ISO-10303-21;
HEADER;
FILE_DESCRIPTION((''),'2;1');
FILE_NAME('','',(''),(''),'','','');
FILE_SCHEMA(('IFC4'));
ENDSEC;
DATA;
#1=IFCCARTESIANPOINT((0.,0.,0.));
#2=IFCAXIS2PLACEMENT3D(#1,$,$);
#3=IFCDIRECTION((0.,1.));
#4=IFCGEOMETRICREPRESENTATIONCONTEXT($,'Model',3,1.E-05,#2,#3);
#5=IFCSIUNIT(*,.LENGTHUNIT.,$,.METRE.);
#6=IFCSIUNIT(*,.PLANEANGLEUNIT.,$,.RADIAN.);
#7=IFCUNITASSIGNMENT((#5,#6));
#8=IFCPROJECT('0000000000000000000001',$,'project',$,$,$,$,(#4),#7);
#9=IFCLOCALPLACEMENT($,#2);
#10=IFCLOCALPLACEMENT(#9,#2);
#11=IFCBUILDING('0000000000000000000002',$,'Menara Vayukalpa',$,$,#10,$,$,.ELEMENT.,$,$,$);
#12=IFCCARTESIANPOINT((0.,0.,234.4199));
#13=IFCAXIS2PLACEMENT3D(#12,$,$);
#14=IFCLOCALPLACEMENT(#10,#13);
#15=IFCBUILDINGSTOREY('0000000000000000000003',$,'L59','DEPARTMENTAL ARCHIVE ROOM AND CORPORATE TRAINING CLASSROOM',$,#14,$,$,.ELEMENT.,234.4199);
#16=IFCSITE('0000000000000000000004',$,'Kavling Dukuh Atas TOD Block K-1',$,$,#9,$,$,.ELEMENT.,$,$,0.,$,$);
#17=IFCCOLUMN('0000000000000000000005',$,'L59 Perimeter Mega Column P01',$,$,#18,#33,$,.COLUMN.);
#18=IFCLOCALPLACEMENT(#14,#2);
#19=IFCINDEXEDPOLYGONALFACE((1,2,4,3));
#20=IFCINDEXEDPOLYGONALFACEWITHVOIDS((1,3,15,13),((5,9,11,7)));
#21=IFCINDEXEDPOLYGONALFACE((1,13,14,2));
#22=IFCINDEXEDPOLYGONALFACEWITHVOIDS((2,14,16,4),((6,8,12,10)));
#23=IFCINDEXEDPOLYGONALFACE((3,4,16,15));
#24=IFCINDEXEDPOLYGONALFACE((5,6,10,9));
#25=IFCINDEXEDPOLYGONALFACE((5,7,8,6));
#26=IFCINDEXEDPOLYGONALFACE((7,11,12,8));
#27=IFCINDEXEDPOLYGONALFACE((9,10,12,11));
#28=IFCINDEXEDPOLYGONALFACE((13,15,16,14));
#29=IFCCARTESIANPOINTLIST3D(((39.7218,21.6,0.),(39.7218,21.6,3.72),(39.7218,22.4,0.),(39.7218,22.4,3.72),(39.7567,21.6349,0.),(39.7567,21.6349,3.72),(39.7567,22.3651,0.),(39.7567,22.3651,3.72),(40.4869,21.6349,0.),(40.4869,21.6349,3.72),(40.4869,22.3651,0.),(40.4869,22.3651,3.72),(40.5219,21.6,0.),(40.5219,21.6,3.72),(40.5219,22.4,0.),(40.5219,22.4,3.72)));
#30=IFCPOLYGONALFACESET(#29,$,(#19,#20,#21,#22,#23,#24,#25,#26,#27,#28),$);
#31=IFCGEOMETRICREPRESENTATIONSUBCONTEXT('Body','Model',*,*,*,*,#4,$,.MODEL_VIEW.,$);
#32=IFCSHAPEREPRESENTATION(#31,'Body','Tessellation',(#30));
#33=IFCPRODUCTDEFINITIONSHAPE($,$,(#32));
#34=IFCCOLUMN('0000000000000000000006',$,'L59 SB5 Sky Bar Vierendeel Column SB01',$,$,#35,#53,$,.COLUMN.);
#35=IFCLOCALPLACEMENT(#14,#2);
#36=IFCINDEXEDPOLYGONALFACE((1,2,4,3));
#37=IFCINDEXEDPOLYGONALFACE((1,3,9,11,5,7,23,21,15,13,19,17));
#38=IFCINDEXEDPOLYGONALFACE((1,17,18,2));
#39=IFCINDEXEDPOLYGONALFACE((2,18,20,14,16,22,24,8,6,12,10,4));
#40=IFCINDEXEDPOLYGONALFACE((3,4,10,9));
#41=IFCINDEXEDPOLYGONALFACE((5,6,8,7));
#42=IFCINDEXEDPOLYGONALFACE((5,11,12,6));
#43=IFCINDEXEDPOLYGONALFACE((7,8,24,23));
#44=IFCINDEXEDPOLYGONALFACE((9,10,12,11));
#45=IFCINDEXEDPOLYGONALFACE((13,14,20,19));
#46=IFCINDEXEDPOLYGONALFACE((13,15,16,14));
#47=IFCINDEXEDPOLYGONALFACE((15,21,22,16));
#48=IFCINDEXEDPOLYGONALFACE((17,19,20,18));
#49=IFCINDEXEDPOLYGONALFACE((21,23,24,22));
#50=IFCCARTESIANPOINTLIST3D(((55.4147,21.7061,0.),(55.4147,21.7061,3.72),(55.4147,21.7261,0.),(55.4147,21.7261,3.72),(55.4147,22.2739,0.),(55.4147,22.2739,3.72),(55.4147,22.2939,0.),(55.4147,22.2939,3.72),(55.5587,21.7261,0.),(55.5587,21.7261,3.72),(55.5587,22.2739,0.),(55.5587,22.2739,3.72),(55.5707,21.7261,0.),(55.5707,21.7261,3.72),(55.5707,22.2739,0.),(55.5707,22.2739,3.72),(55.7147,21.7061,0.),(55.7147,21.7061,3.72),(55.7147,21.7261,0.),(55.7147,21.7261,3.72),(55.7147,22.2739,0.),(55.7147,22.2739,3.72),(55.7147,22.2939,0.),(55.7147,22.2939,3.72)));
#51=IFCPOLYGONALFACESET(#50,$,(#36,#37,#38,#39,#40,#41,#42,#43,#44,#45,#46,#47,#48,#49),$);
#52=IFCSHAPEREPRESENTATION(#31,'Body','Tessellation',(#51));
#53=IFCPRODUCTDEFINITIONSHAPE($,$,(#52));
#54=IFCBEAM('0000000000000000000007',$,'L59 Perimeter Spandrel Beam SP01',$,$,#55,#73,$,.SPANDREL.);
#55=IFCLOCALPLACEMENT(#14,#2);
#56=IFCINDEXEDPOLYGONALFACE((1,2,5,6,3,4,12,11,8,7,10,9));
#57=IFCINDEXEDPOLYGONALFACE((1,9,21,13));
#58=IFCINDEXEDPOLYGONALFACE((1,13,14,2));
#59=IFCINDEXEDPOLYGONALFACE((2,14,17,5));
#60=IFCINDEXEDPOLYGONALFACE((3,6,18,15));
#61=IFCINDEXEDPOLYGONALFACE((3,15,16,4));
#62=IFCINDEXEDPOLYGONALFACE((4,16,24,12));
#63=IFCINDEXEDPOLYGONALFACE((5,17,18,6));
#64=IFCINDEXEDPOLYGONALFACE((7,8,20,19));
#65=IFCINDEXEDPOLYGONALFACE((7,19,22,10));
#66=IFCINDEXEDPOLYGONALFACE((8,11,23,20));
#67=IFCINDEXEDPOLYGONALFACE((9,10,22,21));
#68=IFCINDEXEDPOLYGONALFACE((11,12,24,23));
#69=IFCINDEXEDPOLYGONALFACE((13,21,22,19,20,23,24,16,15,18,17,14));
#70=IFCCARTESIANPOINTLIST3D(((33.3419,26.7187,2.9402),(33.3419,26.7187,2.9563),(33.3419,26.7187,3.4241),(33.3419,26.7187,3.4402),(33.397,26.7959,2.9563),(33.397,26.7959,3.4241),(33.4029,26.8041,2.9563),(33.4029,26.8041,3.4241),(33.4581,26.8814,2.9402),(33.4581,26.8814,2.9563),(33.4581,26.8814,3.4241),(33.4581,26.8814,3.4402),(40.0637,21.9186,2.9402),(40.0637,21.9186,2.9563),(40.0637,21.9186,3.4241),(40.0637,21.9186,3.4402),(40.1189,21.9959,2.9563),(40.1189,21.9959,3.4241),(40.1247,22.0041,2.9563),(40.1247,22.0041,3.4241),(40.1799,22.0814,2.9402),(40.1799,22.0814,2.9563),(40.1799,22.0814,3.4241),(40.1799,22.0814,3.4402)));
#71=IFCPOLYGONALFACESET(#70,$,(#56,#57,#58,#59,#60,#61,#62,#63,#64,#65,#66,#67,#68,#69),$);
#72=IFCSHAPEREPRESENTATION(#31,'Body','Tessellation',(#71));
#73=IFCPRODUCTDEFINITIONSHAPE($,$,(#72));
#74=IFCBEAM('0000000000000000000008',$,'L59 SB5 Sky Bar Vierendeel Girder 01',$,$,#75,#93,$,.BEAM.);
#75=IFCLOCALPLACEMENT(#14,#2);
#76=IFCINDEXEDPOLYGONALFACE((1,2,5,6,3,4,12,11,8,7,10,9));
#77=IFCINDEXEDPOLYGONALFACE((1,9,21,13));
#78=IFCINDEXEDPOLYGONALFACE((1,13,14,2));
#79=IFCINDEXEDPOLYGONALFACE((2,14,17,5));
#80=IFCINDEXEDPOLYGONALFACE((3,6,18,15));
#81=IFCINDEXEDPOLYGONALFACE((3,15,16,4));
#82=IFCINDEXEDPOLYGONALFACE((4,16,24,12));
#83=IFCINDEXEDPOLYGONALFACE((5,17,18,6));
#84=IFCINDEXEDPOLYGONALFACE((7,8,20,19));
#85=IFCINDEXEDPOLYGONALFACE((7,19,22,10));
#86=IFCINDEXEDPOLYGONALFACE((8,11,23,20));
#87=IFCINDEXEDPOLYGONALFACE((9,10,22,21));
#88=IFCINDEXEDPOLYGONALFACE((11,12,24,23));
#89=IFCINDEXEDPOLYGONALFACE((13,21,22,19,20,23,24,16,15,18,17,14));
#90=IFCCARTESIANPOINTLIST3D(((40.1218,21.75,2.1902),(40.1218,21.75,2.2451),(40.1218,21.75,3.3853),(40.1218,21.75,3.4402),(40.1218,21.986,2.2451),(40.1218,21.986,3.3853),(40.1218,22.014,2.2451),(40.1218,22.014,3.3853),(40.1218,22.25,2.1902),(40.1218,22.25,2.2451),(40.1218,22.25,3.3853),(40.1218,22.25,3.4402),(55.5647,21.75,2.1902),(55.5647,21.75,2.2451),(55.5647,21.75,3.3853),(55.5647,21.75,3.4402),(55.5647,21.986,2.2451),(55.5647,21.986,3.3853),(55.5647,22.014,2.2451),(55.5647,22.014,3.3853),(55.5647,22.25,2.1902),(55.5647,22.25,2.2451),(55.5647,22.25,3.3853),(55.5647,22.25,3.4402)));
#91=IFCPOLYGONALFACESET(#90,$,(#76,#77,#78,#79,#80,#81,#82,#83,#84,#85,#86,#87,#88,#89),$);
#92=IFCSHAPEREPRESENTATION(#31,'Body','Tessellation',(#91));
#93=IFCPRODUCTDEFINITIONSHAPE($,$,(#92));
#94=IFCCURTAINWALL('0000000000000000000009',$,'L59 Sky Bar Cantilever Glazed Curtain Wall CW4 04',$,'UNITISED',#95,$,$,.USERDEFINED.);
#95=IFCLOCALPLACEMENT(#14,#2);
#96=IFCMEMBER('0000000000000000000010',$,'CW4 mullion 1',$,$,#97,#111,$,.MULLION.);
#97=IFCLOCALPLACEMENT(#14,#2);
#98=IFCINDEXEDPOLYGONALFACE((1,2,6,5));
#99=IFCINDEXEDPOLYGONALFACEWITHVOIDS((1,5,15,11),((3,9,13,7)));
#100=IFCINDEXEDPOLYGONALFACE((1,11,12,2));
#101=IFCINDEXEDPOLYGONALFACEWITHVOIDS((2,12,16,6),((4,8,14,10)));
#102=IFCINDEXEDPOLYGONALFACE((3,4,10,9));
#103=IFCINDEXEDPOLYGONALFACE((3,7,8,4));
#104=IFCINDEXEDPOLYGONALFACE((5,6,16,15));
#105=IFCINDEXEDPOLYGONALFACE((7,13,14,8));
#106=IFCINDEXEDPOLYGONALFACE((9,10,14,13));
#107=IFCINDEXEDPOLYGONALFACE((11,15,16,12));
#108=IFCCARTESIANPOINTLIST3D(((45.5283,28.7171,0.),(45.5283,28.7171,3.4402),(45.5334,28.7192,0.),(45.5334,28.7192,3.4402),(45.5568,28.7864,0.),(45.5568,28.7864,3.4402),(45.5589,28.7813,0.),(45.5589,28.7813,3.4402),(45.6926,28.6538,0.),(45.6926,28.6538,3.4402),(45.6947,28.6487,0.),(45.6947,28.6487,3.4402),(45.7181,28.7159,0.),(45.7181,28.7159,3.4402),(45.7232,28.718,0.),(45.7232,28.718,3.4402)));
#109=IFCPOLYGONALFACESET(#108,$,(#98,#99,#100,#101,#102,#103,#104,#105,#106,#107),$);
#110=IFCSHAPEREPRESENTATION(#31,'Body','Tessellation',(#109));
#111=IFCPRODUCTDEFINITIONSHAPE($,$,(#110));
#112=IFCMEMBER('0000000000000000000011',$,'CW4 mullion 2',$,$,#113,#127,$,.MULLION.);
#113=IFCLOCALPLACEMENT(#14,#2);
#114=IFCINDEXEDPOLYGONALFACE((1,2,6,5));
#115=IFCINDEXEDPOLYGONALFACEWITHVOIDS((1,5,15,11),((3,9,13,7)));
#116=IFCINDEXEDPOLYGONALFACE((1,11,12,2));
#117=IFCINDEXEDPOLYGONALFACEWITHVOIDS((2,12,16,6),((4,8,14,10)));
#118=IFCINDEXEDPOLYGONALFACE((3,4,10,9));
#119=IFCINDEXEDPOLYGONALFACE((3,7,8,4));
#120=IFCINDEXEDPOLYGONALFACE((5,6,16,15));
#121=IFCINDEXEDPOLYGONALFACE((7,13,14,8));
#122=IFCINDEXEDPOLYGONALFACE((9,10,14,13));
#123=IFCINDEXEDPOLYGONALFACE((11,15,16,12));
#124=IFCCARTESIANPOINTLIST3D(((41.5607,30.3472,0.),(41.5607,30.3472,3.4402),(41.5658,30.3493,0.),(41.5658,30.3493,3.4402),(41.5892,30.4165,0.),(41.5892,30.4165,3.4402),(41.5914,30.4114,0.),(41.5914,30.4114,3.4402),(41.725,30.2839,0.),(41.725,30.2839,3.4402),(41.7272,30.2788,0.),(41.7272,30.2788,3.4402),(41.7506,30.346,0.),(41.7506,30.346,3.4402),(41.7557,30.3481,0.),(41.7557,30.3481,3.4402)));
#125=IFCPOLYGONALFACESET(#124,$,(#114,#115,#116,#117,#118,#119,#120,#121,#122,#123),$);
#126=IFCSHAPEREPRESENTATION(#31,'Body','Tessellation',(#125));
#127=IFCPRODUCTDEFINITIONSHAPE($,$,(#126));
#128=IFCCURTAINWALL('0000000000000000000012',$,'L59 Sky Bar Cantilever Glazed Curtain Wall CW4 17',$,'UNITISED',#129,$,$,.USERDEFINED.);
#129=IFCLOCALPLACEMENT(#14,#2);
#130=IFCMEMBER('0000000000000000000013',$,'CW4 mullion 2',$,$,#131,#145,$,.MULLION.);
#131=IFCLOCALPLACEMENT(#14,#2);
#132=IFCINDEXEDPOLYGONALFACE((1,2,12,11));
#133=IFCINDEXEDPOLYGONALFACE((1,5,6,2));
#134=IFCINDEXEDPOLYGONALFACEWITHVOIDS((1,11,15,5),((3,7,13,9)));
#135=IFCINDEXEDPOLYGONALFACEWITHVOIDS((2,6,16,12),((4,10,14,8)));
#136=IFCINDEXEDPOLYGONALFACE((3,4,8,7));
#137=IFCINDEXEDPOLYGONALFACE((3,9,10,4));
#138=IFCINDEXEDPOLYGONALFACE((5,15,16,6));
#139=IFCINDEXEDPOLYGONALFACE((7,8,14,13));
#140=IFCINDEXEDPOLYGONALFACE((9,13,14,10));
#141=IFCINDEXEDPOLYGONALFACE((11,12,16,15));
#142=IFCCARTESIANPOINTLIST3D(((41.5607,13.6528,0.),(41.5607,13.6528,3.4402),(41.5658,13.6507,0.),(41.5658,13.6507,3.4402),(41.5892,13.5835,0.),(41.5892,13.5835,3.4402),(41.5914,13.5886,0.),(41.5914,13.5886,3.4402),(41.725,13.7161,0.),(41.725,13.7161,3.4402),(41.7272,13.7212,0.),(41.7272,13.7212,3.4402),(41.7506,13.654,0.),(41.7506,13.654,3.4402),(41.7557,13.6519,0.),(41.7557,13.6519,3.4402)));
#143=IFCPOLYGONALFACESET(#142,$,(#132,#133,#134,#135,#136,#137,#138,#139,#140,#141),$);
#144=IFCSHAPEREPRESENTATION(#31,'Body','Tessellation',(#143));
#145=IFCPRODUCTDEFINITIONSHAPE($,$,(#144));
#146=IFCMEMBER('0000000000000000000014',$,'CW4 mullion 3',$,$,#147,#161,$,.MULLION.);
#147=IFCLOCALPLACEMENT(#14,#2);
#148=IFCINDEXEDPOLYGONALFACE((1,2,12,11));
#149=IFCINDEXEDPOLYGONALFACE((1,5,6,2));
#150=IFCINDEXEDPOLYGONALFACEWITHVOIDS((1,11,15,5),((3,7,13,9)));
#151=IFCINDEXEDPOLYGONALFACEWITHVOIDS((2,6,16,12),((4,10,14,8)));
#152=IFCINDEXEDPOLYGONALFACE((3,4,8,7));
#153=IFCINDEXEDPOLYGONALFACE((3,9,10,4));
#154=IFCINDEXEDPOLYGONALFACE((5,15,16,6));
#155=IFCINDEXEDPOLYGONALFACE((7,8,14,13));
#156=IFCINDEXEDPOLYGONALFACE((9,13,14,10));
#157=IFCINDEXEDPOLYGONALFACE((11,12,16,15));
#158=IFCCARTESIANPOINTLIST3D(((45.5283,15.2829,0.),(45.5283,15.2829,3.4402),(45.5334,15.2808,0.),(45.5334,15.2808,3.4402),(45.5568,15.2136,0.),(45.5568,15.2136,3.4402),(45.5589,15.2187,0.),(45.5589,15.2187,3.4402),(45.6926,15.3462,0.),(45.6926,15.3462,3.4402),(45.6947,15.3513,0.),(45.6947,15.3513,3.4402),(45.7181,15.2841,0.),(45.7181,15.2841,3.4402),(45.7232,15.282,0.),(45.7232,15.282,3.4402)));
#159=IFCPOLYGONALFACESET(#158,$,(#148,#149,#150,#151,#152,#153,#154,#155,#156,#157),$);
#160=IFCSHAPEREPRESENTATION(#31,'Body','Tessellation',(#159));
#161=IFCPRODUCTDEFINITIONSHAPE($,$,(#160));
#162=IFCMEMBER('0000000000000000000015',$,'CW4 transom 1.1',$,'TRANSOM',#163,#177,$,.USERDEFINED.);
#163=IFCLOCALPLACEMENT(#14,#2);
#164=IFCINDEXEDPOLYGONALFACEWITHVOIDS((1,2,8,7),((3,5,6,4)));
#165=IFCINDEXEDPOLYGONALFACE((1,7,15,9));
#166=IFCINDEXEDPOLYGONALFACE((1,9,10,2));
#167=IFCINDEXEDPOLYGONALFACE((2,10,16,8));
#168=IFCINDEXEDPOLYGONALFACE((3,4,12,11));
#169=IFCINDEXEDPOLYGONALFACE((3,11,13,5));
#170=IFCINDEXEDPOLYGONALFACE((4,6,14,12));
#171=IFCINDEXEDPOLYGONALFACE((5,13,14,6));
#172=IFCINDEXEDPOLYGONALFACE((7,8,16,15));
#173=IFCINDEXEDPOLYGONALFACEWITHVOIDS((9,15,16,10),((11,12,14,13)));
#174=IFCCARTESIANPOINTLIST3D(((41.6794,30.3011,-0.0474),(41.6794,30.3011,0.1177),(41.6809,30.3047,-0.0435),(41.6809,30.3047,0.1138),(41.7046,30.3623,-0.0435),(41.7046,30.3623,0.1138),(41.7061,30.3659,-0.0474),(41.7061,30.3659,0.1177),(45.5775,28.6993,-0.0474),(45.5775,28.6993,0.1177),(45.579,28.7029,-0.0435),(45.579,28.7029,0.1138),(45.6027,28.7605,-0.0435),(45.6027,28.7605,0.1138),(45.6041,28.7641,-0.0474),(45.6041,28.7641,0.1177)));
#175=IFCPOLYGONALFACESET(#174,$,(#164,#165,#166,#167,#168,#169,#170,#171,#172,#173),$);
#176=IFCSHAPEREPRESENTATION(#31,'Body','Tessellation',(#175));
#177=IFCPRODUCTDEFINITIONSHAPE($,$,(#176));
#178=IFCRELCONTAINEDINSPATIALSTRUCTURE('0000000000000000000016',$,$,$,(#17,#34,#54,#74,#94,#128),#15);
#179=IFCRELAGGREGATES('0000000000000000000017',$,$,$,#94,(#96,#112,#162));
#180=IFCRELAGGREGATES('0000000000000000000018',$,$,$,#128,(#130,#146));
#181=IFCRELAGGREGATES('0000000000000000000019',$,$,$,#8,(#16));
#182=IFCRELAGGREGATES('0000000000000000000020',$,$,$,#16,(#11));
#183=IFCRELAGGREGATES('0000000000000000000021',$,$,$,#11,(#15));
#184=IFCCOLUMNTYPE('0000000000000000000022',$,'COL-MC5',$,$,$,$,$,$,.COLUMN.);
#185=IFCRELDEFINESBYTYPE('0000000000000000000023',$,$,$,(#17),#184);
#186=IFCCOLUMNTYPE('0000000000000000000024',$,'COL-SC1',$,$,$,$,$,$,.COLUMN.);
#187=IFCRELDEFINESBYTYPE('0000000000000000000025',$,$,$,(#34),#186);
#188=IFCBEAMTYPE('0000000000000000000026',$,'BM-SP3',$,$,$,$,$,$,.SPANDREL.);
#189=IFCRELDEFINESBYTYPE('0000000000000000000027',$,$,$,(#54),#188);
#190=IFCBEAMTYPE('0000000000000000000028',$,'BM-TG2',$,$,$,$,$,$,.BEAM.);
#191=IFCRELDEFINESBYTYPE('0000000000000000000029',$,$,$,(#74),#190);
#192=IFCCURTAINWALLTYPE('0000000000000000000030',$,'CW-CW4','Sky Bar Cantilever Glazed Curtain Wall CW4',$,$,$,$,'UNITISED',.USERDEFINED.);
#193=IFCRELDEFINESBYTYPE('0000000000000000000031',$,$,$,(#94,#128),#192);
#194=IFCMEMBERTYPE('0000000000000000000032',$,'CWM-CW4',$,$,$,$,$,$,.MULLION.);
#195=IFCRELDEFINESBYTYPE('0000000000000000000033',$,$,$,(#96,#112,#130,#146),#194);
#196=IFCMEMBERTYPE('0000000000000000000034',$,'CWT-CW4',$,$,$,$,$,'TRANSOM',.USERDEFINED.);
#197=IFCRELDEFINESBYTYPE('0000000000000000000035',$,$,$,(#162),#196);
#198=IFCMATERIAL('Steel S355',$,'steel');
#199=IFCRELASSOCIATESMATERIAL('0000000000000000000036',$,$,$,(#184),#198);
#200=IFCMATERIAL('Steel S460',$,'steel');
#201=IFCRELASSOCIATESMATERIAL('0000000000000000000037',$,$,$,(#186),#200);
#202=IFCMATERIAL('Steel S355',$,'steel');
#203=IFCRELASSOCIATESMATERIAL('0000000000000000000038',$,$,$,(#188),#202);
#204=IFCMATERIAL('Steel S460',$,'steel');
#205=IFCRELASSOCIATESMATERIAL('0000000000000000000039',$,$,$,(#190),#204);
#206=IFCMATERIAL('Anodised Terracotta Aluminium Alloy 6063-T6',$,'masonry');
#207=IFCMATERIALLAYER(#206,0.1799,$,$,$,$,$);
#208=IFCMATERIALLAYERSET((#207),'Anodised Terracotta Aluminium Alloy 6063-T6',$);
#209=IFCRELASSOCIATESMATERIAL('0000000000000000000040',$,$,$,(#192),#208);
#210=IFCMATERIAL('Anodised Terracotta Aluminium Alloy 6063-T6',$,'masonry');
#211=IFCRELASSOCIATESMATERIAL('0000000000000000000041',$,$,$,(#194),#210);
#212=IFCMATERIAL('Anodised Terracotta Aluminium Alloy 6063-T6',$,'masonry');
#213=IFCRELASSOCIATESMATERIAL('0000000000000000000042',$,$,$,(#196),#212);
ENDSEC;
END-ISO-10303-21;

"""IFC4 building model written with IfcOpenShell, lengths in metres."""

from ifc_helpers import new_model, si_unit, direction, frame, origin, origin_2d, place, context, subcontext, project, spatial, hollow_rectangle, i_section, extrude, material, layer, layer_set, material_profile, profile_set, type_object, element, aggregate, save


model = new_model("IFC4")

# Units and contexts
model_context = context("Model", 3, precision=1e-05, world=origin(), true_north=direction((0.0, 1.0)))
body_context = subcontext(model_context, "Body", "Model", "MODEL_VIEW")
ifc_project = project(units=[si_unit("LENGTHUNIT", "METRE"), si_unit("PLANEANGLEUNIT", "RADIAN")], contexts=[model_context])

# Site, building, storey
site_placement = place(None, origin())
site = spatial("IfcSite", under=ifc_project, at=site_placement, Name="Kavling Dukuh Atas TOD Block K-1", CompositionType="ELEMENT", RefElevation=0.0)
building_placement = place(site_placement, origin())
building = spatial("IfcBuilding", under=site, at=building_placement, Name="Menara Vayukalpa", CompositionType="ELEMENT")
storey_placement = place(building_placement, frame((0.0, 0.0, 234.4199)))
storey = spatial("IfcBuildingStorey", under=building, at=storey_placement, Name="L59", Description="DEPARTMENTAL ARCHIVE ROOM AND CORPORATE TRAINING CLASSROOM", CompositionType="ELEMENT", Elevation=234.4199)

# Columns
ifc_material_1 = material(Name="Steel S355", Category="steel")
ifc_material_profile_1 = material_profile(ifc_material_1, hollow_rectangle(XDim=0.8, YDim=0.8, WallThickness=0.0349, at=origin_2d()), Name="BOX 800x800x35")
ifc_profile_set_1 = profile_set([ifc_material_profile_1], Name="Steel S355")
column_type_1 = type_object("IfcColumnType", Name="COL-MC5", PredefinedType="COLUMN", material=ifc_profile_set_1)
column_1_placement = place(storey_placement, frame((40.1218, 22.0, 0.0), z_axis=(0.0, 0.0, 1.0), x_axis=(1.0, 0.0, 0.0)))
element("IfcColumn", 1, at=column_1_placement, inside=storey, type_object=column_type_1, Name="L59 Perimeter Mega Column P01", PredefinedType="COLUMN", context=body_context, shape_type="SweptSolid", body=[
    extrude(hollow_rectangle(XDim=0.8, YDim=0.8, WallThickness=0.0349, at=origin_2d()), origin(), (0.0, 0.0, 1.0), 3.72),
])
ifc_material_2 = material(Name="Steel S460", Category="steel")
ifc_material_profile_2 = material_profile(ifc_material_2, i_section(OverallWidth=0.3, OverallDepth=0.5879, WebThickness=0.012, FlangeThickness=0.02, at=origin_2d()), Name="H 588x300x12x20")
ifc_profile_set_2 = profile_set([ifc_material_profile_2], Name="Steel S460")
column_type_2 = type_object("IfcColumnType", Name="COL-SC1", PredefinedType="COLUMN", material=ifc_profile_set_2)
column_2_placement = place(storey_placement, frame((55.5647, 22.0, 0.0), z_axis=(0.0, 0.0, 1.0), x_axis=(1.0, 0.0, 0.0)))
element("IfcColumn", 2, at=column_2_placement, inside=storey, type_object=column_type_2, Name="L59 SB5 Sky Bar Vierendeel Column SB01", PredefinedType="COLUMN", context=body_context, shape_type="SweptSolid", body=[
    extrude(i_section(OverallWidth=0.3, OverallDepth=0.5879, WebThickness=0.012, FlangeThickness=0.02, at=origin_2d()), origin(), (0.0, 0.0, 1.0), 3.72),
])

# Beams
ifc_material_3 = material(Name="Steel S355", Category="steel")
ifc_material_profile_3 = material_profile(ifc_material_3, i_section(OverallWidth=0.2, OverallDepth=0.5, WebThickness=0.01, FlangeThickness=0.0161, at=origin_2d()), Name="WF 500x200x10x16")
ifc_profile_set_3 = profile_set([ifc_material_profile_3], Name="Steel S355")
beam_type_1 = type_object("IfcBeamType", Name="BM-SP3", PredefinedType="SPANDREL", material=ifc_profile_set_3)
beam_1_placement = place(storey_placement, frame((40.1218, 22.0, 3.1902), z_axis=(-0.813809, 0.581132, 0.0), x_axis=(-0.581132, -0.813809, 0.0)))
element("IfcBeam", 3, at=beam_1_placement, inside=storey, type_object=beam_type_1, Name="L59 Perimeter Spandrel Beam SP01", PredefinedType="SPANDREL", context=body_context, shape_type="SweptSolid", body=[
    extrude(i_section(OverallWidth=0.2, OverallDepth=0.5, WebThickness=0.01, FlangeThickness=0.0161, at=origin_2d()), origin(), (0.0, 0.0, 1.0), 8.2598),
])
ifc_material_4 = material(Name="Steel S460", Category="steel")
ifc_material_profile_4 = material_profile(ifc_material_4, i_section(OverallWidth=0.5, OverallDepth=1.25, WebThickness=0.0281, FlangeThickness=0.0549, at=origin_2d()), Name="WG 1250x500x28x55")
ifc_profile_set_4 = profile_set([ifc_material_profile_4], Name="Steel S460")
beam_type_2 = type_object("IfcBeamType", Name="BM-TG2", PredefinedType="BEAM", material=ifc_profile_set_4)
beam_2_placement = place(storey_placement, frame((40.1218, 22.0, 2.8152), z_axis=(1.0, 0.0, 0.0), x_axis=(0.0, 1.0, 0.0)))
element("IfcBeam", 4, at=beam_2_placement, inside=storey, type_object=beam_type_2, Name="L59 SB5 Sky Bar Vierendeel Girder 01", PredefinedType="BEAM", context=body_context, shape_type="SweptSolid", body=[
    extrude(i_section(OverallWidth=0.5, OverallDepth=1.25, WebThickness=0.0281, FlangeThickness=0.0549, at=origin_2d()), origin(), (0.0, 0.0, 1.0), 15.4429),
])

# Curtain walls, members
ifc_material_5 = material(Name="Anodised Terracotta Aluminium Alloy 6063-T6", Category="masonry")
ifc_layer_1 = layer(ifc_material_5, 0.1799)
ifc_layer_set_1 = layer_set([ifc_layer_1], Name="Anodised Terracotta Aluminium Alloy 6063-T6")
curtain_wall_type = type_object("IfcCurtainWallType", Name="CW-CW4", Description="Sky Bar Cantilever Glazed Curtain Wall CW4", ElementType="UNITISED", PredefinedType="USERDEFINED", material=ifc_layer_set_1)
curtain_wall_1_placement = place(storey_placement, origin())
curtain_wall_1 = element("IfcCurtainWall", 5, at=curtain_wall_1_placement, inside=storey, type_object=curtain_wall_type, Name="L59 Sky Bar Cantilever Glazed Curtain Wall CW4 04", ObjectType="UNITISED", PredefinedType="USERDEFINED")
ifc_material_6 = material(Name="Anodised Terracotta Aluminium Alloy 6063-T6", Category="masonry")
ifc_material_profile_5 = material_profile(ifc_material_6, hollow_rectangle(XDim=0.075, YDim=0.1799, WallThickness=0.0039, at=origin_2d()), Name="ALU 75x180x4")
ifc_profile_set_5 = profile_set([ifc_material_profile_5], Name="Anodised Terracotta Aluminium Alloy 6063-T6")
member_type_1 = type_object("IfcMemberType", Name="CWM-CW4", PredefinedType="MULLION", material=ifc_profile_set_5)
member_1_placement = place(storey_placement, frame((45.6257, 28.7175, 0.0), z_axis=(0.0, 0.0, 1.0), x_axis=(-0.380039, -0.92497, 0.0)))
member_1 = element("IfcMember", 6, at=member_1_placement, type_object=member_type_1, Name="CW4 mullion 1", PredefinedType="MULLION", context=body_context, shape_type="SweptSolid", body=[
    extrude(hollow_rectangle(XDim=0.075, YDim=0.1799, WallThickness=0.0039, at=origin_2d()), origin(), (0.0, 0.0, 1.0), 3.4402),
])
member_2_placement = place(storey_placement, frame((41.6582, 30.3477, 0.0), z_axis=(0.0, 0.0, 1.0), x_axis=(-0.380039, -0.92497, 0.0)))
member_2 = element("IfcMember", 7, at=member_2_placement, type_object=member_type_1, Name="CW4 mullion 2", PredefinedType="MULLION", context=body_context, shape_type="SweptSolid", body=[
    extrude(hollow_rectangle(XDim=0.075, YDim=0.1799, WallThickness=0.0039, at=origin_2d()), origin(), (0.0, 0.0, 1.0), 3.4402),
])
curtain_wall_2_placement = place(storey_placement, origin())
curtain_wall_2 = element("IfcCurtainWall", 8, at=curtain_wall_2_placement, inside=storey, type_object=curtain_wall_type, Name="L59 Sky Bar Cantilever Glazed Curtain Wall CW4 17", ObjectType="UNITISED", PredefinedType="USERDEFINED")
member_3_placement = place(storey_placement, frame((41.6582, 13.6523, 0.0), z_axis=(0.0, 0.0, 1.0), x_axis=(-0.380039, 0.92497, 0.0)))
member_3 = element("IfcMember", 9, at=member_3_placement, type_object=member_type_1, Name="CW4 mullion 2", PredefinedType="MULLION", context=body_context, shape_type="SweptSolid", body=[
    extrude(hollow_rectangle(XDim=0.075, YDim=0.1799, WallThickness=0.0039, at=origin_2d()), origin(), (0.0, 0.0, 1.0), 3.4402),
])
member_4_placement = place(storey_placement, frame((45.6257, 15.2825, 0.0), z_axis=(0.0, 0.0, 1.0), x_axis=(-0.380039, 0.92497, 0.0)))
member_4 = element("IfcMember", 10, at=member_4_placement, type_object=member_type_1, Name="CW4 mullion 3", PredefinedType="MULLION", context=body_context, shape_type="SweptSolid", body=[
    extrude(hollow_rectangle(XDim=0.075, YDim=0.1799, WallThickness=0.0039, at=origin_2d()), origin(), (0.0, 0.0, 1.0), 3.4402),
])

# Member
ifc_material_7 = material(Name="Anodised Terracotta Aluminium Alloy 6063-T6", Category="masonry")
ifc_material_profile_6 = material_profile(ifc_material_7, hollow_rectangle(XDim=0.0701, YDim=0.165, WallThickness=0.0039, at=origin_2d()), Name="ALU 70x165x4")
ifc_profile_set_6 = profile_set([ifc_material_profile_6], Name="Anodised Terracotta Aluminium Alloy 6063-T6")
member_type_2 = type_object("IfcMemberType", Name="CWT-CW4", ElementType="TRANSOM", PredefinedType="USERDEFINED", material=ifc_profile_set_6)
member_5_placement = place(storey_placement, frame((45.5908, 28.7317, 0.0352), z_axis=(-0.924948, 0.380094, 0.0), x_axis=(-0.380094, -0.924948, 0.0)))
member_5 = element("IfcMember", 11, at=member_5_placement, type_object=member_type_2, Name="CW4 transom 1.1", ObjectType="TRANSOM", PredefinedType="USERDEFINED", context=body_context, shape_type="SweptSolid", body=[
    extrude(hollow_rectangle(XDim=0.0701, YDim=0.165, WallThickness=0.0039, at=origin_2d()), origin(), (0.0, 0.0, 1.0), 4.2144),
])

aggregate(curtain_wall_1, [member_1, member_2, member_5])
aggregate(curtain_wall_2, [member_3, member_4])

save(model, "model.ifc")
